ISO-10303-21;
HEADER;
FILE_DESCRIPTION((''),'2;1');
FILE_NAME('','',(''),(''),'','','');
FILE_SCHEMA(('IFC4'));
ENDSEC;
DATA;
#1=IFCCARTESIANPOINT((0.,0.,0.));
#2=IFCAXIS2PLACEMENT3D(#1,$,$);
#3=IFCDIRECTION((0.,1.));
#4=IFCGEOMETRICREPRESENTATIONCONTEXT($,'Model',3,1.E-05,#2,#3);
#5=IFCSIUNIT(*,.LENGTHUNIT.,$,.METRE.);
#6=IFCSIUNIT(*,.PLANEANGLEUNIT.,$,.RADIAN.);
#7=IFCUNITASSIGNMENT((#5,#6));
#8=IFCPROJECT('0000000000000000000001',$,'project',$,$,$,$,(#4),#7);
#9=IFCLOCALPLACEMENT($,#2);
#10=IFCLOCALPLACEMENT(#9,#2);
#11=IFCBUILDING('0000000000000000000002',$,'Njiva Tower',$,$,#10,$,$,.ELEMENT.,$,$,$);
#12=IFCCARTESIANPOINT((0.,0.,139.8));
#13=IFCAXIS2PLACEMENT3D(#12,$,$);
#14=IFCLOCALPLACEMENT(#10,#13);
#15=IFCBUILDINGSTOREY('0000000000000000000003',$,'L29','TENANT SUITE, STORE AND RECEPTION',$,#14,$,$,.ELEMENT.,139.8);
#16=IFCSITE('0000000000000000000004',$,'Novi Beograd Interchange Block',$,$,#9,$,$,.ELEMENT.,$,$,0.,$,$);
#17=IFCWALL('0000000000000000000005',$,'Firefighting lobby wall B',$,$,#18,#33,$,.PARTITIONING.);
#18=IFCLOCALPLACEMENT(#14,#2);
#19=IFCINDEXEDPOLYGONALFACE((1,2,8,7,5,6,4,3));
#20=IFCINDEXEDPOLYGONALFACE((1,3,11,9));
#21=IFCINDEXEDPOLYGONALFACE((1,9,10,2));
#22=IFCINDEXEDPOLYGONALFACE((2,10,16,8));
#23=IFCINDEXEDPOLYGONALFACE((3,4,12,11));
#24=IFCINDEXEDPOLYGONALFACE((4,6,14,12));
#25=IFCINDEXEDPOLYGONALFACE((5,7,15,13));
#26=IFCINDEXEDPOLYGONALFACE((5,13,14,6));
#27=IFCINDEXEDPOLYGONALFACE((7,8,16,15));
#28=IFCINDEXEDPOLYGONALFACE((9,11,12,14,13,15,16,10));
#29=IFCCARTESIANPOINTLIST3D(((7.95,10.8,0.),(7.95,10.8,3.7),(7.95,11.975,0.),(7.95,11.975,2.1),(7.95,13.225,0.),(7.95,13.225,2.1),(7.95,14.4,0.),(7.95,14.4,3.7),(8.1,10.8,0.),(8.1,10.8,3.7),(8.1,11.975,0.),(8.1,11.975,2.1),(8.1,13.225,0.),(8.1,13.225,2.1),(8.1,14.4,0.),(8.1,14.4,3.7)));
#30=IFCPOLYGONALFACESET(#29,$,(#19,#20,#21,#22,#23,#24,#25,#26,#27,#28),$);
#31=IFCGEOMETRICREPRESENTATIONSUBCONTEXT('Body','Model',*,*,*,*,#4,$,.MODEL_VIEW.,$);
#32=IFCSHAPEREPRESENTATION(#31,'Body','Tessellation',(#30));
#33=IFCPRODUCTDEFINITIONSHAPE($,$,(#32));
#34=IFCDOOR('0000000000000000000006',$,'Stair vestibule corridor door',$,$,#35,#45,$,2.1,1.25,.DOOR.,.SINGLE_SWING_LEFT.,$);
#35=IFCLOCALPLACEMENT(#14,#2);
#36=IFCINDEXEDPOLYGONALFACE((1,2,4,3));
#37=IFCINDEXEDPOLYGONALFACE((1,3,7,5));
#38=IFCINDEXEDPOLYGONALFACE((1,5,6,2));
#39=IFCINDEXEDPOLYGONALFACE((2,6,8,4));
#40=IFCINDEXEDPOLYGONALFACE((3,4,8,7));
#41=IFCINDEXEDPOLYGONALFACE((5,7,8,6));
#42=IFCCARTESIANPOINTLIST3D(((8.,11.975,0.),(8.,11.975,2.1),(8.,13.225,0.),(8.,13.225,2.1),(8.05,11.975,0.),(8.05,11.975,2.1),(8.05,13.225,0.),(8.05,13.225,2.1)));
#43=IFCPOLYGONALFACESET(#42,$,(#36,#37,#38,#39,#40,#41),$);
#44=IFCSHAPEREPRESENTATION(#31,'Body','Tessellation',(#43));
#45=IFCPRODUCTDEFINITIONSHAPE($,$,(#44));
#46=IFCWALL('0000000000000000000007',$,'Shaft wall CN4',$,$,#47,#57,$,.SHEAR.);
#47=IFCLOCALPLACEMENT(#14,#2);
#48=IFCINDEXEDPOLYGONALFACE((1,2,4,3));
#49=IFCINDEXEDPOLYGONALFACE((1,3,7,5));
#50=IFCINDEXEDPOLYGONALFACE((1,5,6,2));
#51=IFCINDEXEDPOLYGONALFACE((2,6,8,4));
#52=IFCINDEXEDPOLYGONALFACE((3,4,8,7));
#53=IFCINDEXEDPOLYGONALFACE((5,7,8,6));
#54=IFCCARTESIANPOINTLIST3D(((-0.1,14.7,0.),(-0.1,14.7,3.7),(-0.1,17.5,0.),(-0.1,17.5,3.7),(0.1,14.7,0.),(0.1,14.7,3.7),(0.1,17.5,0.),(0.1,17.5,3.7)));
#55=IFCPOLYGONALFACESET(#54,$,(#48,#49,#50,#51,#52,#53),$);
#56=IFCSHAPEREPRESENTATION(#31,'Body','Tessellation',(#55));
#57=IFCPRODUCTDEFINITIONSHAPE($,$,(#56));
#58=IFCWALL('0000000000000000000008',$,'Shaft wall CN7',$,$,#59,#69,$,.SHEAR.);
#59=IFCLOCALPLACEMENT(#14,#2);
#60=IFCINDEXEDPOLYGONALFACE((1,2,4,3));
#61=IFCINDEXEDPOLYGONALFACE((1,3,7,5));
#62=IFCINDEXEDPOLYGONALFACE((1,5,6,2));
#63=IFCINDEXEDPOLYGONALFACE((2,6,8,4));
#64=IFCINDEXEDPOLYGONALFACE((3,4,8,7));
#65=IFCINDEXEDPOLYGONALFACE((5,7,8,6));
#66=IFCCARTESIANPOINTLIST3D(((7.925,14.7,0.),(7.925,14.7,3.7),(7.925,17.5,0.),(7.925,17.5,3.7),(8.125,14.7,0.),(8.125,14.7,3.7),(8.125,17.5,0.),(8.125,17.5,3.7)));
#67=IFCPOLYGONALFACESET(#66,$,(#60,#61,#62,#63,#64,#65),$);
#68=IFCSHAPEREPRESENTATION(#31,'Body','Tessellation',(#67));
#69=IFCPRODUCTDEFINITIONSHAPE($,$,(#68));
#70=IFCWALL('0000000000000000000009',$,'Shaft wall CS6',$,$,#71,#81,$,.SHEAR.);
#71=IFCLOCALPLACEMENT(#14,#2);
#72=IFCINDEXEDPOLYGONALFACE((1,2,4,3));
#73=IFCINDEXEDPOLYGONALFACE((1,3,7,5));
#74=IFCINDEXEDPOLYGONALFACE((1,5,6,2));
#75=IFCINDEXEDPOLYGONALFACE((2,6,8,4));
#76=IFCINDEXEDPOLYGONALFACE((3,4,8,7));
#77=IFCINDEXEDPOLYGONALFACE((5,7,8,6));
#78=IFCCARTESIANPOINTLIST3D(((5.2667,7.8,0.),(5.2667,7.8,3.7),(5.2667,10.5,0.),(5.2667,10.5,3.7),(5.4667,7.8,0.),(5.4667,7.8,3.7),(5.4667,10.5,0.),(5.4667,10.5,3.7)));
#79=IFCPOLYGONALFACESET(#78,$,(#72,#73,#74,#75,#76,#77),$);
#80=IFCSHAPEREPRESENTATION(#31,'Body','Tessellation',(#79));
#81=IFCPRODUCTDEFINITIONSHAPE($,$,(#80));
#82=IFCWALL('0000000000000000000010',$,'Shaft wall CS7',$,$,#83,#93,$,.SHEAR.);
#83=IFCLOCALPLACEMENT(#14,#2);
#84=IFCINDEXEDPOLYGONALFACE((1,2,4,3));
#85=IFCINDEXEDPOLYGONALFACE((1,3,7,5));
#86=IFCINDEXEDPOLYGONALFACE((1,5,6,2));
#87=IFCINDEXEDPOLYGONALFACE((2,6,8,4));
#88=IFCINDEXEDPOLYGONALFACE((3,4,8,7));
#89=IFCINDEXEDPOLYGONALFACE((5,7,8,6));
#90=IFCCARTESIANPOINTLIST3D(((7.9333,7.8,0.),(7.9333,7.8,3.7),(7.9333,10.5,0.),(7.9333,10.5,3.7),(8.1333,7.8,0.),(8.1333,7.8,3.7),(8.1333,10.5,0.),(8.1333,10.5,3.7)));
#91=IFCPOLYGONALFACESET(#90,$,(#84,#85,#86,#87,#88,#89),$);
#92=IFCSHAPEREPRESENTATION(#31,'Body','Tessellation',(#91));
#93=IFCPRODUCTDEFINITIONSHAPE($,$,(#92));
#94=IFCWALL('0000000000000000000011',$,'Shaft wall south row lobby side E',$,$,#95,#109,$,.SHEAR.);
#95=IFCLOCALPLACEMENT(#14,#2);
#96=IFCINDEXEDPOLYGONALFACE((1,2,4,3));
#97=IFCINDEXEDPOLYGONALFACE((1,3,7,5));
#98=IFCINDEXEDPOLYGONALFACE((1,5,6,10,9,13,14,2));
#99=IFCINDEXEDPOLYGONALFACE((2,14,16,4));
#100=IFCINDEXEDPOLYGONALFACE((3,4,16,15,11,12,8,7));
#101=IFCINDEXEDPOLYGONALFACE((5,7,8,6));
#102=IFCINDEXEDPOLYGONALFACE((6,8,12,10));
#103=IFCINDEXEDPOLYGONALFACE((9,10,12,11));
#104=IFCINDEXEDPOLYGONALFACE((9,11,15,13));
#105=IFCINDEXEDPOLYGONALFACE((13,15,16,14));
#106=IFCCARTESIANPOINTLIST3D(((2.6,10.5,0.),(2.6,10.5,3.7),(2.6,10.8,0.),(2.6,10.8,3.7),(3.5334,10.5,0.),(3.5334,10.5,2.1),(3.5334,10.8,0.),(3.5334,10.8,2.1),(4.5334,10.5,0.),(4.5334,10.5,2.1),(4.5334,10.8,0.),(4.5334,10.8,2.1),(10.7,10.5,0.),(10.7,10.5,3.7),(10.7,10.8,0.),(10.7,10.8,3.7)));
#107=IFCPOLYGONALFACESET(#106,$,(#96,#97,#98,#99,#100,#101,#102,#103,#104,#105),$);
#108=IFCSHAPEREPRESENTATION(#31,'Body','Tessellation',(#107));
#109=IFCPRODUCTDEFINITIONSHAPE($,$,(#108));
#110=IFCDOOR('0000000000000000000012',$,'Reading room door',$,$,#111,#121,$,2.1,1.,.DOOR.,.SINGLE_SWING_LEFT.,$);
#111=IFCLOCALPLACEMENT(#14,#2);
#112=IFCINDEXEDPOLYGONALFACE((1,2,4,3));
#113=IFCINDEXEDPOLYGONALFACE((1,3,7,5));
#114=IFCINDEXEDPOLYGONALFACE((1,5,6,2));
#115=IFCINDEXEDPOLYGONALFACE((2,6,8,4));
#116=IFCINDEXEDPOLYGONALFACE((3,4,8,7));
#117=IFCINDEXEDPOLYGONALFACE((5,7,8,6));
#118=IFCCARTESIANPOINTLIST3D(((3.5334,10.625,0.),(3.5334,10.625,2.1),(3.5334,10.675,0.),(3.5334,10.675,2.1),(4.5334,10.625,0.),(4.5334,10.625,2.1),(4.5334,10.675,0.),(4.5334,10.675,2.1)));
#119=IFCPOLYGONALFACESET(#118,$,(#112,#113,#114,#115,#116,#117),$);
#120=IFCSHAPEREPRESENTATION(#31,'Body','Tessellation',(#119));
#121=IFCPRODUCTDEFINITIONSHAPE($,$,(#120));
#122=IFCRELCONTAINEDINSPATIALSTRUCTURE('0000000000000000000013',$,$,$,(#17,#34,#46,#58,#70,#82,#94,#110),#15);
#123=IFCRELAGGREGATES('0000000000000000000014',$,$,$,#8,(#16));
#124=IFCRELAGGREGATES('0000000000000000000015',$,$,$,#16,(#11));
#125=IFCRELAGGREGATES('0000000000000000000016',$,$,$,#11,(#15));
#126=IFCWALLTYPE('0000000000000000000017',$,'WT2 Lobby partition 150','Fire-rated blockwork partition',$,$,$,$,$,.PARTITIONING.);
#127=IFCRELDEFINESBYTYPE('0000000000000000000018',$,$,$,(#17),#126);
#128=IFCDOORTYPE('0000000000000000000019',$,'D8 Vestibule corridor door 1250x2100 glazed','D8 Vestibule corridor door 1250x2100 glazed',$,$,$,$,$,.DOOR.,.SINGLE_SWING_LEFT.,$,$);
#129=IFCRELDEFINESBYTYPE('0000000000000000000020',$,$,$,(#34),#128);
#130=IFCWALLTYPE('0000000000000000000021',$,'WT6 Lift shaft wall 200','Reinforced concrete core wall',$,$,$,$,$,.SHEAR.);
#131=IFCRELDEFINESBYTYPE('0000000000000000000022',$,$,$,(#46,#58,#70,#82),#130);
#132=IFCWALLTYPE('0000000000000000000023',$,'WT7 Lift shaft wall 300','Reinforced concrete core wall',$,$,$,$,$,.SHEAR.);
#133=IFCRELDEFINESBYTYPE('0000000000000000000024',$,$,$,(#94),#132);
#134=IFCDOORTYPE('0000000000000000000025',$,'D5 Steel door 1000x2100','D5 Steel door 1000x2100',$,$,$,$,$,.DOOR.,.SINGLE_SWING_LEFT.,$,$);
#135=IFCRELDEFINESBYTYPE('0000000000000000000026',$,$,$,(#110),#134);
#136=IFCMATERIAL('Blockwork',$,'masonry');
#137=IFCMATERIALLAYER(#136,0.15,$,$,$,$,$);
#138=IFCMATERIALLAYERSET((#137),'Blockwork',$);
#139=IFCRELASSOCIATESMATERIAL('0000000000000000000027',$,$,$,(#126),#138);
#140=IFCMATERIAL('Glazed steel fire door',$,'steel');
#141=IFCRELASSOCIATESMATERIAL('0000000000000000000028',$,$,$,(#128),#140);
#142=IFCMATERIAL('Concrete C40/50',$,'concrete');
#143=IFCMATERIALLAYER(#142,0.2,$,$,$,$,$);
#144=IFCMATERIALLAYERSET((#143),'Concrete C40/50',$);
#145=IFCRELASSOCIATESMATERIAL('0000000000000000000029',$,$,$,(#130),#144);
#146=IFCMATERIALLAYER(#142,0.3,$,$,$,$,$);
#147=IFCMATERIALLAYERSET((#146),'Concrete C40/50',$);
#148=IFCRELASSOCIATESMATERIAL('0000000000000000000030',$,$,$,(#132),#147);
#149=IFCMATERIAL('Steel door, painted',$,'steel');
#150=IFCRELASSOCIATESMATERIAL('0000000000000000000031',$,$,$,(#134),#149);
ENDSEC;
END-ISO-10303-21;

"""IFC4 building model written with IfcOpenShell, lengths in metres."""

from ifc_helpers import new_model, si_unit, direction, frame, frame_2d, origin, place, context, subcontext, project, spatial, rectangle, extrude, material, layer, layer_set, type_object, element, fill, save


model = new_model("IFC4")

# Units and contexts
model_context = context("Model", 3, precision=1e-05, world=origin(), true_north=direction((0.0, 1.0)))
body_context = subcontext(model_context, "Body", "Model", "MODEL_VIEW")
ifc_project = project(units=[si_unit("LENGTHUNIT", "METRE"), si_unit("PLANEANGLEUNIT", "RADIAN")], contexts=[model_context])

# Site, building, storey
site_placement = place(None, origin())
site = spatial("IfcSite", under=ifc_project, at=site_placement, Name="Novi Beograd Interchange Block", CompositionType="ELEMENT", RefElevation=0.0)
building_placement = place(site_placement, origin())
building = spatial("IfcBuilding", under=site, at=building_placement, Name="Njiva Tower", CompositionType="ELEMENT")
storey_placement = place(building_placement, frame((0.0, 0.0, 139.8)))
storey = spatial("IfcBuildingStorey", under=building, at=storey_placement, Name="L29", Description="TENANT SUITE, STORE AND RECEPTION", CompositionType="ELEMENT", Elevation=139.8)

# Shared definitions
ifc_material_1 = material(Name="Blockwork", Category="masonry")

# Wall, opening, door
ifc_material_2 = material(Name="Concrete C40/50", Category="concrete")
ifc_material_3 = material(Name="Glazed steel fire door", Category="steel")
ifc_layer_1 = layer(ifc_material_1, 0.15)
ifc_layer_set_1 = layer_set([ifc_layer_1], Name="Blockwork")
wall_type_1 = type_object("IfcWallType", Name="WT2 Lobby partition 150", Description="Fire-rated blockwork partition", PredefinedType="PARTITIONING", material=ifc_layer_set_1)
wall_1_placement = place(storey_placement, frame((8.025, 10.8, 0.0), z_axis=(0.0, 0.0, 1.0), x_axis=(0.0, 1.0, 0.0)))
wall_1 = element("IfcWall", 1, at=wall_1_placement, inside=storey, type_object=wall_type_1, Name="Firefighting lobby wall B", PredefinedType="PARTITIONING", context=body_context, shape_type="SweptSolid", body=[
    extrude(rectangle(XDim=3.6, YDim=0.15, at=frame_2d((1.8, 0.0))), origin(), (0.0, 0.0, 1.0), 3.7),
])
opening_1_placement = place(wall_1_placement, frame((1.175, 0.0, 0.0)))
opening_1 = element("IfcOpeningElement", 2, at=opening_1_placement, cuts=wall_1, PredefinedType="OPENING", context=body_context, shape_type="SweptSolid", body=[
    extrude(rectangle(XDim=1.25, YDim=2.1, at=frame_2d((0.625, 1.05))), frame((0.0, 0.085, 0.0), z_axis=(0.0, -1.0, 0.0), x_axis=(1.0, 0.0, 0.0)), (0.0, 0.0, 1.0), 0.17),
])
door_type_1 = type_object("IfcDoorType", Name="D8 Vestibule corridor door 1250x2100 glazed", Description="D8 Vestibule corridor door 1250x2100 glazed", OperationType="SINGLE_SWING_LEFT", PredefinedType="DOOR", material=ifc_material_3)
door_1_placement = place(opening_1_placement, origin())
door_1 = element("IfcDoor", 3, at=door_1_placement, inside=storey, type_object=door_type_1, Name="Stair vestibule corridor door", OperationType="SINGLE_SWING_LEFT", OverallHeight=2.1, OverallWidth=1.25, PredefinedType="DOOR", context=body_context, shape_type="SweptSolid", body=[
    extrude(rectangle(XDim=1.25, YDim=2.1, at=frame_2d((0.625, 1.05))), frame((0.0, 0.025, 0.0), z_axis=(0.0, -1.0, 0.0), x_axis=(1.0, 0.0, 0.0)), (0.0, 0.0, 1.0), 0.05),
])
fill(opening_1, door_1)

# Walls
ifc_layer_2 = layer(ifc_material_2, 0.2)
ifc_layer_set_2 = layer_set([ifc_layer_2], Name="Concrete C40/50")
wall_type_2 = type_object("IfcWallType", Name="WT6 Lift shaft wall 200", Description="Reinforced concrete core wall", PredefinedType="SHEAR", material=ifc_layer_set_2)
for number, where, z_axis, x_axis, name in (
    (4, (0.0, 14.7, 0.0), (0.0, 0.0, 1.0), (0.0, 1.0, 0.0), "Shaft wall CN4"),
    (5, (8.025, 14.7, 0.0), (0.0, 0.0, 1.0), (0.0, 1.0, 0.0), "Shaft wall CN7"),
):
    element("IfcWall", number, at=place(storey_placement, frame(where, z_axis=z_axis, x_axis=x_axis)), inside=storey, type_object=wall_type_2, Name=name, PredefinedType="SHEAR", context=body_context, shape_type="SweptSolid", body=[
        extrude(rectangle(XDim=2.8, YDim=0.2, at=frame_2d((1.4, 0.0))), origin(), (0.0, 0.0, 1.0), 3.7),
    ])
for number, where, z_axis, x_axis, name in (
    (6, (5.3667, 7.8, 0.0), (0.0, 0.0, 1.0), (0.0, 1.0, 0.0), "Shaft wall CS6"),
    (7, (8.0333, 7.8, 0.0), (0.0, 0.0, 1.0), (0.0, 1.0, 0.0), "Shaft wall CS7"),
):
    element("IfcWall", number, at=place(storey_placement, frame(where, z_axis=z_axis, x_axis=x_axis)), inside=storey, type_object=wall_type_2, Name=name, PredefinedType="SHEAR", context=body_context, shape_type="SweptSolid", body=[
        extrude(rectangle(XDim=2.7, YDim=0.2, at=frame_2d((1.35, 0.0))), origin(), (0.0, 0.0, 1.0), 3.7),
    ])

# Wall, opening, door
ifc_layer_3 = layer(ifc_material_2, 0.3)
ifc_layer_set_3 = layer_set([ifc_layer_3], Name="Concrete C40/50")
wall_type_3 = type_object("IfcWallType", Name="WT7 Lift shaft wall 300", Description="Reinforced concrete core wall", PredefinedType="SHEAR", material=ifc_layer_set_3)
wall_2_placement = place(storey_placement, frame((2.6, 10.65, 0.0), z_axis=(0.0, 0.0, 1.0), x_axis=(1.0, 0.0, 0.0)))
wall_2 = element("IfcWall", 8, at=wall_2_placement, inside=storey, type_object=wall_type_3, Name="Shaft wall south row lobby side E", PredefinedType="SHEAR", context=body_context, shape_type="SweptSolid", body=[
    extrude(rectangle(XDim=8.1, YDim=0.3, at=frame_2d((4.05, 0.0))), origin(), (0.0, 0.0, 1.0), 3.7),
])
opening_2_placement = place(wall_2_placement, frame((0.9334, 0.0, 0.0)))
opening_2 = element("IfcOpeningElement", 9, at=opening_2_placement, cuts=wall_2, PredefinedType="OPENING", context=body_context, shape_type="SweptSolid", body=[
    extrude(rectangle(XDim=1.0, YDim=2.1, at=frame_2d((0.5, 1.05))), frame((0.0, 0.16, 0.0), z_axis=(0.0, -1.0, 0.0), x_axis=(1.0, 0.0, 0.0)), (0.0, 0.0, 1.0), 0.32),
])
ifc_material_4 = material(Name="Steel door, painted", Category="steel")
door_type_2 = type_object("IfcDoorType", Name="D5 Steel door 1000x2100", Description="D5 Steel door 1000x2100", OperationType="SINGLE_SWING_LEFT", PredefinedType="DOOR", material=ifc_material_4)
door_2_placement = place(opening_2_placement, origin())
door_2 = element("IfcDoor", 10, at=door_2_placement, inside=storey, type_object=door_type_2, Name="Reading room door", OperationType="SINGLE_SWING_LEFT", OverallHeight=2.1, OverallWidth=1.0, PredefinedType="DOOR", context=body_context, shape_type="SweptSolid", body=[
    extrude(rectangle(XDim=1.0, YDim=2.1, at=frame_2d((0.5, 1.05))), frame((0.0, 0.025, 0.0), z_axis=(0.0, -1.0, 0.0), x_axis=(1.0, 0.0, 0.0)), (0.0, 0.0, 1.0), 0.05),
])
fill(opening_2, door_2)

save(model, "model.ifc")
